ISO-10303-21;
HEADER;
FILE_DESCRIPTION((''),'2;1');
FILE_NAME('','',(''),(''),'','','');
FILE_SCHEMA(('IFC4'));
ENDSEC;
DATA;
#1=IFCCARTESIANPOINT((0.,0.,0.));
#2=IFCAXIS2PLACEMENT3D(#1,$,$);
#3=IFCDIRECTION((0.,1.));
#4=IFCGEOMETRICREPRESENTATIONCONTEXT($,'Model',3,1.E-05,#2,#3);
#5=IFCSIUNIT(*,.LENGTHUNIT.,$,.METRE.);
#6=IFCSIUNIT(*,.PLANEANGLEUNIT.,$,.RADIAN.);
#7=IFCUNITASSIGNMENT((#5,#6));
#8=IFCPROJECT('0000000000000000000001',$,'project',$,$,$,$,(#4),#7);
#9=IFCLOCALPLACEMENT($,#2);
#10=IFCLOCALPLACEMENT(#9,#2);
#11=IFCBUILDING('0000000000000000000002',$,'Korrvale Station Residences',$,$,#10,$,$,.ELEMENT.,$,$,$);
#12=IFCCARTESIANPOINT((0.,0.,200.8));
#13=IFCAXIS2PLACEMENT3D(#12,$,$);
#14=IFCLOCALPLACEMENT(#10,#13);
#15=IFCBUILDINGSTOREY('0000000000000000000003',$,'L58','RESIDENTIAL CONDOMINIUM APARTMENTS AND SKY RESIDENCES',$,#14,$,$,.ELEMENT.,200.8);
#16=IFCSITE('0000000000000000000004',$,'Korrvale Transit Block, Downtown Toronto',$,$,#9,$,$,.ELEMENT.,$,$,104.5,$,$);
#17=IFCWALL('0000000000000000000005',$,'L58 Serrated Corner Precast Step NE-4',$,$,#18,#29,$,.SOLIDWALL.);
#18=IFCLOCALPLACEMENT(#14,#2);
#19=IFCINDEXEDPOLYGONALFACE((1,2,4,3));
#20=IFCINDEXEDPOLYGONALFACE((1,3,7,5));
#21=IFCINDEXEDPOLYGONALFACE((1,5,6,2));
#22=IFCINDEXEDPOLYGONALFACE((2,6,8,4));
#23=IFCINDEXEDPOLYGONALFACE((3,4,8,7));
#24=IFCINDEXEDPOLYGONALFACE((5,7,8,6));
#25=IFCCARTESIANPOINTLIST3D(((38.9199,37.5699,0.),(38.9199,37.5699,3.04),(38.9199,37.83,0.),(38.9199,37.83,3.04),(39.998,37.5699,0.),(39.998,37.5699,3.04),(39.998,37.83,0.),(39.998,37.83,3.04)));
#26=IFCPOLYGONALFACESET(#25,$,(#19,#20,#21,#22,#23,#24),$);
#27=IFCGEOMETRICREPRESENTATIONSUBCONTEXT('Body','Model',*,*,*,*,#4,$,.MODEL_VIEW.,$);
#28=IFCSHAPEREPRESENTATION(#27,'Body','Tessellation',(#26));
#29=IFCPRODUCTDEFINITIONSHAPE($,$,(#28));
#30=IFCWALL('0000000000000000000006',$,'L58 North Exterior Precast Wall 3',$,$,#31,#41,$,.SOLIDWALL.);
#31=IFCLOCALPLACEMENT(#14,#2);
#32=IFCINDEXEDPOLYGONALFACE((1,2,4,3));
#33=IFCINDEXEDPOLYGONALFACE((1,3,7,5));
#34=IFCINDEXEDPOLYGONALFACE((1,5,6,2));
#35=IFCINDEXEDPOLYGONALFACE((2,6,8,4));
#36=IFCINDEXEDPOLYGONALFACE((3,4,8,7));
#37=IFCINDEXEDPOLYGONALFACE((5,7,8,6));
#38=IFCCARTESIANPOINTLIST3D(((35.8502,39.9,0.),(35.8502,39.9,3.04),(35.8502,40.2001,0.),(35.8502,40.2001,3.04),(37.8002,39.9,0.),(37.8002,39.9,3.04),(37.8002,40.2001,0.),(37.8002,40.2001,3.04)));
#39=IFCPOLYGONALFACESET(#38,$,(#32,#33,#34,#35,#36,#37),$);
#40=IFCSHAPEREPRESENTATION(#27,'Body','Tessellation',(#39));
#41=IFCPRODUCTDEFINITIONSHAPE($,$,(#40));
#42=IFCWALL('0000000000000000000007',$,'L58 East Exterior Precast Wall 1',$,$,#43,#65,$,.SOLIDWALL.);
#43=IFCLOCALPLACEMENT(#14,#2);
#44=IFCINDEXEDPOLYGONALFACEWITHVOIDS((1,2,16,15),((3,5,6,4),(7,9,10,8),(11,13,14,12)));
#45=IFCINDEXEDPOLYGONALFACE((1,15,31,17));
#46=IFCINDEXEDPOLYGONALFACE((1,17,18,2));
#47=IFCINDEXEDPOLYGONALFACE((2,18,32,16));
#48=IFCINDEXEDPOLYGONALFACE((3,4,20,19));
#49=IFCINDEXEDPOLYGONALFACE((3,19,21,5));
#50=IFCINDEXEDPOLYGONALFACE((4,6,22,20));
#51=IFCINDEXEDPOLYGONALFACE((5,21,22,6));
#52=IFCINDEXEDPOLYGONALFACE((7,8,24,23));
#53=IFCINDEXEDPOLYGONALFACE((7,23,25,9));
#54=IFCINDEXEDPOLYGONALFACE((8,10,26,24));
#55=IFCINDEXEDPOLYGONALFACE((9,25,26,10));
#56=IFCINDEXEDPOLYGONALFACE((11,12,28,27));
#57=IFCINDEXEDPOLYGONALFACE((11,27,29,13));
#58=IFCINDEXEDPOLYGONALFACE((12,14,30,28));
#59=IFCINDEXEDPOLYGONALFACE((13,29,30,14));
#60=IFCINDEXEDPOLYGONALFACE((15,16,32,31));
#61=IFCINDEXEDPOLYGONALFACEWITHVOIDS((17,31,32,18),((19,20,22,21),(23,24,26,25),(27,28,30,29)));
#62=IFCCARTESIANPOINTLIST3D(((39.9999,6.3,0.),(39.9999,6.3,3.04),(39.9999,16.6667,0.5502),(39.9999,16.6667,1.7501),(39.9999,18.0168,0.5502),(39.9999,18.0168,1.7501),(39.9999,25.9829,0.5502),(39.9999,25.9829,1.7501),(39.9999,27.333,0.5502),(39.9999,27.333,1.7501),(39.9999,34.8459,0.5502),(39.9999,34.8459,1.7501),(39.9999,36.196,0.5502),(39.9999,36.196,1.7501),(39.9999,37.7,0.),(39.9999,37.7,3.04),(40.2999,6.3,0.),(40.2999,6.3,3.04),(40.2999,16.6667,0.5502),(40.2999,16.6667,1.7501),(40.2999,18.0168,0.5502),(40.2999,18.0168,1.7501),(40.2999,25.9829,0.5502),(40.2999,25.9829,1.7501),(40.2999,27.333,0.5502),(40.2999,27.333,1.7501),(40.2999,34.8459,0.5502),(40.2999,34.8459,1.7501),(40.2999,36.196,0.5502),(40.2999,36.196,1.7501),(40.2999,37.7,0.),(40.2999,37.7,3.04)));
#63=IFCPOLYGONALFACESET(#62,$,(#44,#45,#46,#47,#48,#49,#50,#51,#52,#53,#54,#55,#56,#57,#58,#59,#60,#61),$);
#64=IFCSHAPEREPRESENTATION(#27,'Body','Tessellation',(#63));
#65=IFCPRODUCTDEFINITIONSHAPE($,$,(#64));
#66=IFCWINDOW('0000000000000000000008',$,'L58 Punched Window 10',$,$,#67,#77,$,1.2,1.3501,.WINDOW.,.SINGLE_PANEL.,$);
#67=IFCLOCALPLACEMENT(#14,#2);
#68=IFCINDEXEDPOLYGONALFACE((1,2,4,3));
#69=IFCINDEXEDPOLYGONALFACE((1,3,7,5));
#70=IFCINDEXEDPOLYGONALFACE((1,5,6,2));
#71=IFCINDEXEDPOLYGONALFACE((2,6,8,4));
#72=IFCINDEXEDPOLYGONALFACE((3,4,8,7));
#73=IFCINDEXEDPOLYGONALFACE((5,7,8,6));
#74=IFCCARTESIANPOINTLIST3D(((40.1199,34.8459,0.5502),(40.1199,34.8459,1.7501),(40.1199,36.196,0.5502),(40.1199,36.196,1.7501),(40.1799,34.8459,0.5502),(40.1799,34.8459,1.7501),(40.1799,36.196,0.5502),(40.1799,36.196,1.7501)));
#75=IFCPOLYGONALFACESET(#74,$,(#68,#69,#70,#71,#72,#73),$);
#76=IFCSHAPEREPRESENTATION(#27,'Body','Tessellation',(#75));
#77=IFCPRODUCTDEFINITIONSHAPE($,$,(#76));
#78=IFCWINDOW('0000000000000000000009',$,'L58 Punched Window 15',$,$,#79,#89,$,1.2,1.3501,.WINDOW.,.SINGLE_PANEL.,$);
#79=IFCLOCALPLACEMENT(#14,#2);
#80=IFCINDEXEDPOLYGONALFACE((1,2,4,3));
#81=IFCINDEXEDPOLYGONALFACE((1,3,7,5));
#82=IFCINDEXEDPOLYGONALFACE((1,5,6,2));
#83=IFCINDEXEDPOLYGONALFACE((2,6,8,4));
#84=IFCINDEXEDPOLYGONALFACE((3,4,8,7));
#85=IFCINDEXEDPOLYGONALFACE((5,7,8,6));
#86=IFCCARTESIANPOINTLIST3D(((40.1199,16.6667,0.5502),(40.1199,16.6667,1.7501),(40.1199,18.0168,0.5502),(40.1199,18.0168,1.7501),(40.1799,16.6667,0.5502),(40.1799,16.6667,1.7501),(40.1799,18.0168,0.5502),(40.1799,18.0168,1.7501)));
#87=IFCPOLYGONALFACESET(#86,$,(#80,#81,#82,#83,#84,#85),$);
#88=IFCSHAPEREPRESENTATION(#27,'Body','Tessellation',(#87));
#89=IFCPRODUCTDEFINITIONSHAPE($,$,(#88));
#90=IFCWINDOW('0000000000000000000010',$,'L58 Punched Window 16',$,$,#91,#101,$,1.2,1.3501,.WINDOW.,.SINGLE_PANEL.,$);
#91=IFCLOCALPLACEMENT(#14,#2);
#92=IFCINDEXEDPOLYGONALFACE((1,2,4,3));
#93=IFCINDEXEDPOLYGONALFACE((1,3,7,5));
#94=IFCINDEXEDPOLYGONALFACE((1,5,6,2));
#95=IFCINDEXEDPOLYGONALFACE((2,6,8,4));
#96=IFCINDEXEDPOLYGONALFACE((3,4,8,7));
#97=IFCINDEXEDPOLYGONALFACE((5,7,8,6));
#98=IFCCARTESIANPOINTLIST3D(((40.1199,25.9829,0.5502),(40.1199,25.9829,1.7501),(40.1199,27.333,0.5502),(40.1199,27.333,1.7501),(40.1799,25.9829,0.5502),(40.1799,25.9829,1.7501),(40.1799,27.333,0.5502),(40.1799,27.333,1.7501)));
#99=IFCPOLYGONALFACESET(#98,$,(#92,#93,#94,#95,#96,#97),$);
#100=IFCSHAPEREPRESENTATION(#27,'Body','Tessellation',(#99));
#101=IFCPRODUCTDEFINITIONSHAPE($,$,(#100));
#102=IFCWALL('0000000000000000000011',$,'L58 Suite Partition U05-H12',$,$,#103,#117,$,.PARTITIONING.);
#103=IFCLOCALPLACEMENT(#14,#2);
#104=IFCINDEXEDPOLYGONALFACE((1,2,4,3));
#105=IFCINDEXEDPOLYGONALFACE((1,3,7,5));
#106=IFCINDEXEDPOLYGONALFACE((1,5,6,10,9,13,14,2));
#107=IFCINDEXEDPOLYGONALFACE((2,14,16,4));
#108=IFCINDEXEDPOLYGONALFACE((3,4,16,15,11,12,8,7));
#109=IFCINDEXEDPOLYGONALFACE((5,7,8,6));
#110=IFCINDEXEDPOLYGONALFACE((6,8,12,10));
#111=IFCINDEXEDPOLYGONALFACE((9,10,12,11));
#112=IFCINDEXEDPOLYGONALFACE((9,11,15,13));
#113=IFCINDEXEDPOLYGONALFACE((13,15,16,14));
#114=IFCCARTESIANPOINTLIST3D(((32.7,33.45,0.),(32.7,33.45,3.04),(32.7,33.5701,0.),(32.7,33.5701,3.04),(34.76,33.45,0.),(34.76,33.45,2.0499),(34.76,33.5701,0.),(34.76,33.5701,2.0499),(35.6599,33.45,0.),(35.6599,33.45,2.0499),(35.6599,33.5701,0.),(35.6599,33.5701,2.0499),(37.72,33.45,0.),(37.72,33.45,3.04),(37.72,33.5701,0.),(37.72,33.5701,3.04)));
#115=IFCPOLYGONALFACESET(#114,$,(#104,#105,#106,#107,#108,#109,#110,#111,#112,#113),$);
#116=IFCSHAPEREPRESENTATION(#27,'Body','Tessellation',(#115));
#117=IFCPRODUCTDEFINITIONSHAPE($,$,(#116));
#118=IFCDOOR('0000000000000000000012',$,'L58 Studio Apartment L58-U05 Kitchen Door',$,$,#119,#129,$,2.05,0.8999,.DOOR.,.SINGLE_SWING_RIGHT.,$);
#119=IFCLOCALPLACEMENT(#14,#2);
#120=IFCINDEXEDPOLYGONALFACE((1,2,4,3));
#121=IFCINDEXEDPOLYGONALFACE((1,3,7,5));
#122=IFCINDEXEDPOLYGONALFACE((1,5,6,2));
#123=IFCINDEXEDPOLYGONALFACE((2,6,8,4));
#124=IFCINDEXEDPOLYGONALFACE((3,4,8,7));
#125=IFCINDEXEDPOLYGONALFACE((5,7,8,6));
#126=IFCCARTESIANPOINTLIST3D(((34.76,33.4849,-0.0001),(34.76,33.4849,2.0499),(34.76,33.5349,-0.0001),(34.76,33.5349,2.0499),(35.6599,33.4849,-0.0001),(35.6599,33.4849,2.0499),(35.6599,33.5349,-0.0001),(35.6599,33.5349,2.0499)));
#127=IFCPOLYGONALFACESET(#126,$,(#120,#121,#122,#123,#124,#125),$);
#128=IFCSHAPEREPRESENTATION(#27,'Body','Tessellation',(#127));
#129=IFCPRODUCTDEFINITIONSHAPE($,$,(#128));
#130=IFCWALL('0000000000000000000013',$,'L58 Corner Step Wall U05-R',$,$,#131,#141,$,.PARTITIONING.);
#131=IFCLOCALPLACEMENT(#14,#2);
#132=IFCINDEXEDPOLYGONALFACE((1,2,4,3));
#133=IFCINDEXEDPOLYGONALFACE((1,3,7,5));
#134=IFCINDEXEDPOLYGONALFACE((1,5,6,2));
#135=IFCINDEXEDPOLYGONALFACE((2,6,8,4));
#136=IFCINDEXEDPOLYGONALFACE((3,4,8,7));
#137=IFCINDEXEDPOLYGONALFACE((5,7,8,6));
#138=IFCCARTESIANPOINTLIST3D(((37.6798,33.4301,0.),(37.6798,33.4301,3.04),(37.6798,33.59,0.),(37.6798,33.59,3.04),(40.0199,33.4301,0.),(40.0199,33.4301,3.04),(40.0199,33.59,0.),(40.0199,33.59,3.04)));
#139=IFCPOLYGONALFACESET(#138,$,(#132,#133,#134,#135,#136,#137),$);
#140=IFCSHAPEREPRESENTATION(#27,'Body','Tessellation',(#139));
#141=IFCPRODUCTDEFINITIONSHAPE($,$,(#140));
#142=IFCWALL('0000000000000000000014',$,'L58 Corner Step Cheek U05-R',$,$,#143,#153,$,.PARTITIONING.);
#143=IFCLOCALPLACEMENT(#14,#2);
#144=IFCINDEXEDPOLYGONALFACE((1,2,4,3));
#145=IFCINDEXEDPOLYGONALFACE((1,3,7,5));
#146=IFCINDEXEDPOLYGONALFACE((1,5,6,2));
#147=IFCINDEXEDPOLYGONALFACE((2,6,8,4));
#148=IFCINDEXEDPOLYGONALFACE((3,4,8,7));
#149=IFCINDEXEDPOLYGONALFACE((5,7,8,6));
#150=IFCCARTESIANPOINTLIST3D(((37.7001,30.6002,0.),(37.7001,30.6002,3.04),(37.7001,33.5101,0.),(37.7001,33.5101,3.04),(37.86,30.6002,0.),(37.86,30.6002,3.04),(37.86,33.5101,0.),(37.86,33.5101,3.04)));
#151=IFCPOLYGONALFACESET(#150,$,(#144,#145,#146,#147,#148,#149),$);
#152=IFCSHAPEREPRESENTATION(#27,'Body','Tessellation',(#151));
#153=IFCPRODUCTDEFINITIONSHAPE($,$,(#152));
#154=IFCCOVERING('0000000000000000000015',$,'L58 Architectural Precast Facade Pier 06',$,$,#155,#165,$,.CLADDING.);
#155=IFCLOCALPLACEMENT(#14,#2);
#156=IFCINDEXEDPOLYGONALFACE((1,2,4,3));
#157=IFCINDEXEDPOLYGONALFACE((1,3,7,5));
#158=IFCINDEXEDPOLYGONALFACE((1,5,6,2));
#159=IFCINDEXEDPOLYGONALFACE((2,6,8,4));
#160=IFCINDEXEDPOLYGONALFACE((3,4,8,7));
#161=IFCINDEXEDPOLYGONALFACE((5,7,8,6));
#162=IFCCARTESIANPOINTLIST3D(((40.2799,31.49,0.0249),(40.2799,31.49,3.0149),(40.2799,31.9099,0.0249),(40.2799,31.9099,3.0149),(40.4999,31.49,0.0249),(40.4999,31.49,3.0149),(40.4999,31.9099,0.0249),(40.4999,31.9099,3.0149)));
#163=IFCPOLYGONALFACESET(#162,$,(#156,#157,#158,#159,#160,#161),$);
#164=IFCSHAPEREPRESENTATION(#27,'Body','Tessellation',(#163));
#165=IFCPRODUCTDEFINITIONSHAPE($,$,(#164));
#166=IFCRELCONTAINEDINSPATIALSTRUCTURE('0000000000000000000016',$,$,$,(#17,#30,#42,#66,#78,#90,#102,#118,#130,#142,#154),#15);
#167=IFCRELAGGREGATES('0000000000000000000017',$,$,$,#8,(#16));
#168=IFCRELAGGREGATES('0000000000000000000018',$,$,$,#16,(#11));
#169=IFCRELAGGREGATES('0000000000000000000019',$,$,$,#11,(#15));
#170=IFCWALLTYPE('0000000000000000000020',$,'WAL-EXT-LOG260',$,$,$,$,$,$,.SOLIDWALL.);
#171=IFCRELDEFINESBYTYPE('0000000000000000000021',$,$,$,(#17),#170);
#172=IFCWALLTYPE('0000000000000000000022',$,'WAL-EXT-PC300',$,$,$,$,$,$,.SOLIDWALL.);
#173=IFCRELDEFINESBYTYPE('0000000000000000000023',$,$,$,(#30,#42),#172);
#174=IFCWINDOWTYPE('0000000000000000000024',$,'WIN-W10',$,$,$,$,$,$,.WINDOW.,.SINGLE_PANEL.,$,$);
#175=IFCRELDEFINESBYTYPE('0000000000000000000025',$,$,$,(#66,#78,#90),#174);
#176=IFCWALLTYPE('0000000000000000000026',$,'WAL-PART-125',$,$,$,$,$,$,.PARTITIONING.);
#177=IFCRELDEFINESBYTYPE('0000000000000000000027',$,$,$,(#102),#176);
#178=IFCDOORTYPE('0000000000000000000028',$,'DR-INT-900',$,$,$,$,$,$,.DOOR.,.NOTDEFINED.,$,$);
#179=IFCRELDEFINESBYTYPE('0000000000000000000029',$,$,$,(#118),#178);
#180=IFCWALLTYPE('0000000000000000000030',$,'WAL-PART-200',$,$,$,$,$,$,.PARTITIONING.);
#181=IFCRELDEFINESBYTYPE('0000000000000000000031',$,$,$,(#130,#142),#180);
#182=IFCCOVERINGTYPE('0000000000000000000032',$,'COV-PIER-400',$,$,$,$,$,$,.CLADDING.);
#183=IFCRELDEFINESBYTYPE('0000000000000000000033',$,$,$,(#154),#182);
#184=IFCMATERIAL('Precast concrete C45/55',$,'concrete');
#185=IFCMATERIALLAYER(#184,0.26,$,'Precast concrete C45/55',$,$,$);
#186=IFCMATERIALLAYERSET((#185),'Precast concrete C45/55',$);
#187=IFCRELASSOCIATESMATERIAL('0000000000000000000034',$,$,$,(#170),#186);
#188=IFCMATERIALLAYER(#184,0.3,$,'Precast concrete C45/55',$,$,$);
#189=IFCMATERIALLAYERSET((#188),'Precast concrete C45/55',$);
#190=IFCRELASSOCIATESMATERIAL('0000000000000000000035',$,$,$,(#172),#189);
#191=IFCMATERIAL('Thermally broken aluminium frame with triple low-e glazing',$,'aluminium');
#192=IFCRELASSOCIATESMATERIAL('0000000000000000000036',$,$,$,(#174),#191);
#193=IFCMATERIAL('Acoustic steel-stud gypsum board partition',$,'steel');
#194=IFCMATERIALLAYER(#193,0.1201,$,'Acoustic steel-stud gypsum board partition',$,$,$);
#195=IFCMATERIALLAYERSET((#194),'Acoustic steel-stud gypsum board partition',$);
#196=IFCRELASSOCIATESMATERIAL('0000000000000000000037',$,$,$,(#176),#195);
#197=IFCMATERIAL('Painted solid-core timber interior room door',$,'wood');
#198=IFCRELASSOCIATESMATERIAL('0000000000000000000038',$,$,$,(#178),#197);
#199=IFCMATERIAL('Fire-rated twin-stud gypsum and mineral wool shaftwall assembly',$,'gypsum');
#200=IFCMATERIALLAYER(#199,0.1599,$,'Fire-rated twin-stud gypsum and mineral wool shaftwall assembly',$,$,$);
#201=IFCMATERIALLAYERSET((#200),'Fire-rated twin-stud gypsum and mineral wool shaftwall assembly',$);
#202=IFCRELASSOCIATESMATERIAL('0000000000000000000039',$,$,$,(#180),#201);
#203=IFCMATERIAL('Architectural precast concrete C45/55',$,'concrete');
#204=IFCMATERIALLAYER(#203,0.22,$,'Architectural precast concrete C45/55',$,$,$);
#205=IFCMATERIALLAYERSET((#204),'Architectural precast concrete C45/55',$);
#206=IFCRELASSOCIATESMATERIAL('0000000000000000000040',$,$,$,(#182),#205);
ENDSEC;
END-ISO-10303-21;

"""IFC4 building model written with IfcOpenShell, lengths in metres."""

from ifc_helpers import new_model, si_unit, direction, frame, frame_2d, origin, origin_2d, place, context, subcontext, project, spatial, rectangle, extrude, material, layer, layer_set, type_object, element, fill, save


model = new_model("IFC4")

# Units and contexts
model_context = context("Model", 3, precision=1e-05, world=origin(), true_north=direction((0.0, 1.0)))
body_context = subcontext(model_context, "Body", "Model", "MODEL_VIEW")
ifc_project = project(units=[si_unit("LENGTHUNIT", "METRE"), si_unit("PLANEANGLEUNIT", "RADIAN")], contexts=[model_context])

# Site, building, storey
site_placement = place(None, origin())
site = spatial("IfcSite", under=ifc_project, at=site_placement, Name="Korrvale Transit Block, Downtown Toronto", CompositionType="ELEMENT", RefElevation=104.5)
building_placement = place(site_placement, origin())
building = spatial("IfcBuilding", under=site, at=building_placement, Name="Korrvale Station Residences", CompositionType="ELEMENT")
storey_placement = place(building_placement, frame((0.0, 0.0, 200.8)))
storey = spatial("IfcBuildingStorey", under=building, at=storey_placement, Name="L58", Description="RESIDENTIAL CONDOMINIUM APARTMENTS AND SKY RESIDENCES", CompositionType="ELEMENT", Elevation=200.8)

# Walls
ifc_material_1 = material(Name="Precast concrete C45/55", Category="concrete")
ifc_layer_1 = layer(ifc_material_1, 0.26, Name="Precast concrete C45/55")
ifc_layer_set_1 = layer_set([ifc_layer_1], Name="Precast concrete C45/55")
wall_type_1 = type_object("IfcWallType", Name="WAL-EXT-LOG260", PredefinedType="SOLIDWALL", material=ifc_layer_set_1)
wall_1_placement = place(storey_placement, frame((38.9199, 37.7, 0.0), z_axis=(0.0, 0.0, 1.0), x_axis=(1.0, 0.0, 0.0)))
element("IfcWall", 1, at=wall_1_placement, inside=storey, type_object=wall_type_1, Name="L58 Serrated Corner Precast Step NE-4", PredefinedType="SOLIDWALL", context=body_context, shape_type="SweptSolid", body=[
    extrude(rectangle(XDim=1.0781, YDim=0.26, at=frame_2d((0.5391, 0.0))), origin(), (0.0, 0.0, 1.0), 3.04),
])
ifc_layer_2 = layer(ifc_material_1, 0.3, Name="Precast concrete C45/55")
ifc_layer_set_2 = layer_set([ifc_layer_2], Name="Precast concrete C45/55")
wall_type_2 = type_object("IfcWallType", Name="WAL-EXT-PC300", PredefinedType="SOLIDWALL", material=ifc_layer_set_2)
wall_2_placement = place(storey_placement, frame((35.8501, 40.05, 0.0), z_axis=(0.0, 0.0, 1.0), x_axis=(1.0, 0.0, 0.0)))
element("IfcWall", 2, at=wall_2_placement, inside=storey, type_object=wall_type_2, Name="L58 North Exterior Precast Wall 3", PredefinedType="SOLIDWALL", context=body_context, shape_type="SweptSolid", body=[
    extrude(rectangle(XDim=1.95, YDim=0.3, at=frame_2d((0.9751, 0.0))), origin(), (0.0, 0.0, 1.0), 3.04),
])

# Wall, openings, windows
wall_3_placement = place(storey_placement, frame((40.1499, 37.7, 0.0), z_axis=(0.0, 0.0, 1.0), x_axis=(0.0, -1.0, 0.0)))
wall_3 = element("IfcWall", 3, at=wall_3_placement, inside=storey, type_object=wall_type_2, Name="L58 East Exterior Precast Wall 1", PredefinedType="SOLIDWALL", context=body_context, shape_type="SweptSolid", body=[
    extrude(rectangle(XDim=31.3999, YDim=0.3, at=frame_2d((15.7, 0.0))), origin(), (0.0, 0.0, 1.0), 3.04),
])
opening_1_placement = place(wall_3_placement, frame((1.5039, 0.0, 0.55)))
opening_1 = element("IfcOpeningElement", 4, at=opening_1_placement, cuts=wall_3, PredefinedType="OPENING", context=body_context, shape_type="SweptSolid", body=[
    extrude(rectangle(XDim=1.3501, YDim=1.2, at=frame_2d((0.675, 0.6001))), frame((0.0, 0.1602, 0.0), z_axis=(0.0, -1.0, 0.0), x_axis=(1.0, 0.0, 0.0)), (0.0, 0.0, 1.0), 0.3201),
])
opening_2_placement = place(wall_3_placement, frame((19.6831, 0.0, 0.55)))
opening_2 = element("IfcOpeningElement", 5, at=opening_2_placement, cuts=wall_3, PredefinedType="OPENING", context=body_context, shape_type="SweptSolid", body=[
    extrude(rectangle(XDim=1.3501, YDim=1.2, at=frame_2d((0.675, 0.6001))), frame((0.0, 0.1602, 0.0), z_axis=(0.0, -1.0, 0.0), x_axis=(1.0, 0.0, 0.0)), (0.0, 0.0, 1.0), 0.3201),
])
opening_3_placement = place(wall_3_placement, frame((10.3669, 0.0, 0.55)))
opening_3 = element("IfcOpeningElement", 6, at=opening_3_placement, cuts=wall_3, PredefinedType="OPENING", context=body_context, shape_type="SweptSolid", body=[
    extrude(rectangle(XDim=1.3501, YDim=1.2, at=frame_2d((0.675, 0.6001))), frame((0.0, 0.1602, 0.0), z_axis=(0.0, -1.0, 0.0), x_axis=(1.0, 0.0, 0.0)), (0.0, 0.0, 1.0), 0.3201),
])
ifc_material_2 = material(Name="Thermally broken aluminium frame with triple low-e glazing", Category="aluminium")
window_type = type_object("IfcWindowType", Name="WIN-W10", PartitioningType="SINGLE_PANEL", PredefinedType="WINDOW", material=ifc_material_2)
window_1_placement = place(opening_1_placement, origin())
window_1 = element("IfcWindow", 7, at=window_1_placement, inside=storey, type_object=window_type, Name="L58 Punched Window 10", OverallHeight=1.2, OverallWidth=1.3501, PartitioningType="SINGLE_PANEL", PredefinedType="WINDOW", context=body_context, shape_type="SweptSolid", body=[
    extrude(rectangle(XDim=1.3501, YDim=1.2, at=frame_2d((0.675, 0.6001))), frame((0.0, 0.03, 0.0), z_axis=(0.0, -1.0, 0.0), x_axis=(1.0, 0.0, 0.0)), (0.0, 0.0, 1.0), 0.0601),
])
fill(opening_1, window_1)
window_2_placement = place(opening_2_placement, origin())
window_2 = element("IfcWindow", 8, at=window_2_placement, inside=storey, type_object=window_type, Name="L58 Punched Window 15", OverallHeight=1.2, OverallWidth=1.3501, PartitioningType="SINGLE_PANEL", PredefinedType="WINDOW", context=body_context, shape_type="SweptSolid", body=[
    extrude(rectangle(XDim=1.3501, YDim=1.2, at=frame_2d((0.675, 0.6001))), frame((0.0, 0.03, 0.0), z_axis=(0.0, -1.0, 0.0), x_axis=(1.0, 0.0, 0.0)), (0.0, 0.0, 1.0), 0.0601),
])
fill(opening_2, window_2)
window_3_placement = place(opening_3_placement, origin())
window_3 = element("IfcWindow", 9, at=window_3_placement, inside=storey, type_object=window_type, Name="L58 Punched Window 16", OverallHeight=1.2, OverallWidth=1.3501, PartitioningType="SINGLE_PANEL", PredefinedType="WINDOW", context=body_context, shape_type="SweptSolid", body=[
    extrude(rectangle(XDim=1.3501, YDim=1.2, at=frame_2d((0.675, 0.6001))), frame((0.0, 0.03, 0.0), z_axis=(0.0, -1.0, 0.0), x_axis=(1.0, 0.0, 0.0)), (0.0, 0.0, 1.0), 0.0601),
])
fill(opening_3, window_3)

# Wall, opening, door
ifc_material_3 = material(Name="Acoustic steel-stud gypsum board partition", Category="steel")
ifc_layer_3 = layer(ifc_material_3, 0.1201, Name="Acoustic steel-stud gypsum board partition")
ifc_layer_set_3 = layer_set([ifc_layer_3], Name="Acoustic steel-stud gypsum board partition")
wall_type_3 = type_object("IfcWallType", Name="WAL-PART-125", PredefinedType="PARTITIONING", material=ifc_layer_set_3)
wall_4_placement = place(storey_placement, frame((32.7, 33.51, 0.0), z_axis=(0.0, 0.0, 1.0), x_axis=(1.0, 0.0, 0.0)))
wall_4 = element("IfcWall", 10, at=wall_4_placement, inside=storey, type_object=wall_type_3, Name="L58 Suite Partition U05-H12", PredefinedType="PARTITIONING", context=body_context, shape_type="SweptSolid", body=[
    extrude(rectangle(XDim=5.02, YDim=0.1201, at=frame_2d((2.51, 0.0))), origin(), (0.0, 0.0, 1.0), 3.04),
])
opening_4_placement = place(wall_4_placement, frame((2.0601, 0.0, 0.0)))
opening_4 = element("IfcOpeningElement", 11, at=opening_4_placement, cuts=wall_4, PredefinedType="OPENING", context=body_context, shape_type="SweptSolid", body=[
    extrude(rectangle(XDim=0.8999, YDim=2.05, at=frame_2d((0.45, 1.0249))), frame((0.0, 0.0701, 0.0), z_axis=(0.0, -1.0, 0.0), x_axis=(1.0, 0.0, 0.0)), (0.0, 0.0, 1.0), 0.1401),
])
ifc_material_4 = material(Name="Painted solid-core timber interior room door", Category="wood")
door_type = type_object("IfcDoorType", Name="DR-INT-900", OperationType="NOTDEFINED", PredefinedType="DOOR", material=ifc_material_4)
door_placement = place(opening_4_placement, origin())
door = element("IfcDoor", 12, at=door_placement, inside=storey, type_object=door_type, Name="L58 Studio Apartment L58-U05 Kitchen Door", OperationType="SINGLE_SWING_RIGHT", OverallHeight=2.05, OverallWidth=0.8999, PredefinedType="DOOR", context=body_context, shape_type="SweptSolid", body=[
    extrude(rectangle(XDim=0.8999, YDim=2.05, at=frame_2d((0.45, 1.0249))), frame((0.0, 0.0249, 0.0), z_axis=(0.0, -1.0, 0.0), x_axis=(1.0, 0.0, 0.0)), (0.0, 0.0, 1.0), 0.05),
])
fill(opening_4, door)

# Walls
ifc_material_5 = material(Name="Fire-rated twin-stud gypsum and mineral wool shaftwall assembly", Category="gypsum")
ifc_layer_4 = layer(ifc_material_5, 0.1599, Name="Fire-rated twin-stud gypsum and mineral wool shaftwall assembly")
ifc_layer_set_4 = layer_set([ifc_layer_4], Name="Fire-rated twin-stud gypsum and mineral wool shaftwall assembly")
wall_type_4 = type_object("IfcWallType", Name="WAL-PART-200", PredefinedType="PARTITIONING", material=ifc_layer_set_4)
wall_5_placement = place(storey_placement, frame((37.6799, 33.51, 0.0), z_axis=(0.0, 0.0, 1.0), x_axis=(1.0, 0.0, 0.0)))
element("IfcWall", 13, at=wall_5_placement, inside=storey, type_object=wall_type_4, Name="L58 Corner Step Wall U05-R", PredefinedType="PARTITIONING", context=body_context, shape_type="SweptSolid", body=[
    extrude(rectangle(XDim=2.3401, YDim=0.1599, at=frame_2d((1.1699, 0.0))), origin(), (0.0, 0.0, 1.0), 3.04),
])
wall_6_placement = place(storey_placement, frame((37.78, 30.6001, 0.0), z_axis=(0.0, 0.0, 1.0), x_axis=(0.0, 1.0, 0.0)))
element("IfcWall", 14, at=wall_6_placement, inside=storey, type_object=wall_type_4, Name="L58 Corner Step Cheek U05-R", PredefinedType="PARTITIONING", context=body_context, shape_type="SweptSolid", body=[
    extrude(rectangle(XDim=2.9099, YDim=0.1599, at=frame_2d((1.4551, 0.0))), origin(), (0.0, 0.0, 1.0), 3.04),
])

# Covering
ifc_material_6 = material(Name="Architectural precast concrete C45/55", Category="concrete")
ifc_layer_5 = layer(ifc_material_6, 0.22, Name="Architectural precast concrete C45/55")
ifc_layer_set_5 = layer_set([ifc_layer_5], Name="Architectural precast concrete C45/55")
covering_type = type_object("IfcCoveringType", Name="COV-PIER-400", PredefinedType="CLADDING", material=ifc_layer_set_5)
covering_placement = place(storey_placement, frame((40.3899, 31.7, 0.0249), z_axis=(0.0, 0.0, 1.0), x_axis=(0.0, 1.0, 0.0)))
element("IfcCovering", 15, at=covering_placement, inside=storey, type_object=covering_type, Name="L58 Architectural Precast Facade Pier 06", PredefinedType="CLADDING", context=body_context, shape_type="SweptSolid", body=[
    extrude(rectangle(XDim=0.4199, YDim=0.22, at=origin_2d()), origin(), (0.0, 0.0, 1.0), 2.99),
])

save(model, "model.ifc")
